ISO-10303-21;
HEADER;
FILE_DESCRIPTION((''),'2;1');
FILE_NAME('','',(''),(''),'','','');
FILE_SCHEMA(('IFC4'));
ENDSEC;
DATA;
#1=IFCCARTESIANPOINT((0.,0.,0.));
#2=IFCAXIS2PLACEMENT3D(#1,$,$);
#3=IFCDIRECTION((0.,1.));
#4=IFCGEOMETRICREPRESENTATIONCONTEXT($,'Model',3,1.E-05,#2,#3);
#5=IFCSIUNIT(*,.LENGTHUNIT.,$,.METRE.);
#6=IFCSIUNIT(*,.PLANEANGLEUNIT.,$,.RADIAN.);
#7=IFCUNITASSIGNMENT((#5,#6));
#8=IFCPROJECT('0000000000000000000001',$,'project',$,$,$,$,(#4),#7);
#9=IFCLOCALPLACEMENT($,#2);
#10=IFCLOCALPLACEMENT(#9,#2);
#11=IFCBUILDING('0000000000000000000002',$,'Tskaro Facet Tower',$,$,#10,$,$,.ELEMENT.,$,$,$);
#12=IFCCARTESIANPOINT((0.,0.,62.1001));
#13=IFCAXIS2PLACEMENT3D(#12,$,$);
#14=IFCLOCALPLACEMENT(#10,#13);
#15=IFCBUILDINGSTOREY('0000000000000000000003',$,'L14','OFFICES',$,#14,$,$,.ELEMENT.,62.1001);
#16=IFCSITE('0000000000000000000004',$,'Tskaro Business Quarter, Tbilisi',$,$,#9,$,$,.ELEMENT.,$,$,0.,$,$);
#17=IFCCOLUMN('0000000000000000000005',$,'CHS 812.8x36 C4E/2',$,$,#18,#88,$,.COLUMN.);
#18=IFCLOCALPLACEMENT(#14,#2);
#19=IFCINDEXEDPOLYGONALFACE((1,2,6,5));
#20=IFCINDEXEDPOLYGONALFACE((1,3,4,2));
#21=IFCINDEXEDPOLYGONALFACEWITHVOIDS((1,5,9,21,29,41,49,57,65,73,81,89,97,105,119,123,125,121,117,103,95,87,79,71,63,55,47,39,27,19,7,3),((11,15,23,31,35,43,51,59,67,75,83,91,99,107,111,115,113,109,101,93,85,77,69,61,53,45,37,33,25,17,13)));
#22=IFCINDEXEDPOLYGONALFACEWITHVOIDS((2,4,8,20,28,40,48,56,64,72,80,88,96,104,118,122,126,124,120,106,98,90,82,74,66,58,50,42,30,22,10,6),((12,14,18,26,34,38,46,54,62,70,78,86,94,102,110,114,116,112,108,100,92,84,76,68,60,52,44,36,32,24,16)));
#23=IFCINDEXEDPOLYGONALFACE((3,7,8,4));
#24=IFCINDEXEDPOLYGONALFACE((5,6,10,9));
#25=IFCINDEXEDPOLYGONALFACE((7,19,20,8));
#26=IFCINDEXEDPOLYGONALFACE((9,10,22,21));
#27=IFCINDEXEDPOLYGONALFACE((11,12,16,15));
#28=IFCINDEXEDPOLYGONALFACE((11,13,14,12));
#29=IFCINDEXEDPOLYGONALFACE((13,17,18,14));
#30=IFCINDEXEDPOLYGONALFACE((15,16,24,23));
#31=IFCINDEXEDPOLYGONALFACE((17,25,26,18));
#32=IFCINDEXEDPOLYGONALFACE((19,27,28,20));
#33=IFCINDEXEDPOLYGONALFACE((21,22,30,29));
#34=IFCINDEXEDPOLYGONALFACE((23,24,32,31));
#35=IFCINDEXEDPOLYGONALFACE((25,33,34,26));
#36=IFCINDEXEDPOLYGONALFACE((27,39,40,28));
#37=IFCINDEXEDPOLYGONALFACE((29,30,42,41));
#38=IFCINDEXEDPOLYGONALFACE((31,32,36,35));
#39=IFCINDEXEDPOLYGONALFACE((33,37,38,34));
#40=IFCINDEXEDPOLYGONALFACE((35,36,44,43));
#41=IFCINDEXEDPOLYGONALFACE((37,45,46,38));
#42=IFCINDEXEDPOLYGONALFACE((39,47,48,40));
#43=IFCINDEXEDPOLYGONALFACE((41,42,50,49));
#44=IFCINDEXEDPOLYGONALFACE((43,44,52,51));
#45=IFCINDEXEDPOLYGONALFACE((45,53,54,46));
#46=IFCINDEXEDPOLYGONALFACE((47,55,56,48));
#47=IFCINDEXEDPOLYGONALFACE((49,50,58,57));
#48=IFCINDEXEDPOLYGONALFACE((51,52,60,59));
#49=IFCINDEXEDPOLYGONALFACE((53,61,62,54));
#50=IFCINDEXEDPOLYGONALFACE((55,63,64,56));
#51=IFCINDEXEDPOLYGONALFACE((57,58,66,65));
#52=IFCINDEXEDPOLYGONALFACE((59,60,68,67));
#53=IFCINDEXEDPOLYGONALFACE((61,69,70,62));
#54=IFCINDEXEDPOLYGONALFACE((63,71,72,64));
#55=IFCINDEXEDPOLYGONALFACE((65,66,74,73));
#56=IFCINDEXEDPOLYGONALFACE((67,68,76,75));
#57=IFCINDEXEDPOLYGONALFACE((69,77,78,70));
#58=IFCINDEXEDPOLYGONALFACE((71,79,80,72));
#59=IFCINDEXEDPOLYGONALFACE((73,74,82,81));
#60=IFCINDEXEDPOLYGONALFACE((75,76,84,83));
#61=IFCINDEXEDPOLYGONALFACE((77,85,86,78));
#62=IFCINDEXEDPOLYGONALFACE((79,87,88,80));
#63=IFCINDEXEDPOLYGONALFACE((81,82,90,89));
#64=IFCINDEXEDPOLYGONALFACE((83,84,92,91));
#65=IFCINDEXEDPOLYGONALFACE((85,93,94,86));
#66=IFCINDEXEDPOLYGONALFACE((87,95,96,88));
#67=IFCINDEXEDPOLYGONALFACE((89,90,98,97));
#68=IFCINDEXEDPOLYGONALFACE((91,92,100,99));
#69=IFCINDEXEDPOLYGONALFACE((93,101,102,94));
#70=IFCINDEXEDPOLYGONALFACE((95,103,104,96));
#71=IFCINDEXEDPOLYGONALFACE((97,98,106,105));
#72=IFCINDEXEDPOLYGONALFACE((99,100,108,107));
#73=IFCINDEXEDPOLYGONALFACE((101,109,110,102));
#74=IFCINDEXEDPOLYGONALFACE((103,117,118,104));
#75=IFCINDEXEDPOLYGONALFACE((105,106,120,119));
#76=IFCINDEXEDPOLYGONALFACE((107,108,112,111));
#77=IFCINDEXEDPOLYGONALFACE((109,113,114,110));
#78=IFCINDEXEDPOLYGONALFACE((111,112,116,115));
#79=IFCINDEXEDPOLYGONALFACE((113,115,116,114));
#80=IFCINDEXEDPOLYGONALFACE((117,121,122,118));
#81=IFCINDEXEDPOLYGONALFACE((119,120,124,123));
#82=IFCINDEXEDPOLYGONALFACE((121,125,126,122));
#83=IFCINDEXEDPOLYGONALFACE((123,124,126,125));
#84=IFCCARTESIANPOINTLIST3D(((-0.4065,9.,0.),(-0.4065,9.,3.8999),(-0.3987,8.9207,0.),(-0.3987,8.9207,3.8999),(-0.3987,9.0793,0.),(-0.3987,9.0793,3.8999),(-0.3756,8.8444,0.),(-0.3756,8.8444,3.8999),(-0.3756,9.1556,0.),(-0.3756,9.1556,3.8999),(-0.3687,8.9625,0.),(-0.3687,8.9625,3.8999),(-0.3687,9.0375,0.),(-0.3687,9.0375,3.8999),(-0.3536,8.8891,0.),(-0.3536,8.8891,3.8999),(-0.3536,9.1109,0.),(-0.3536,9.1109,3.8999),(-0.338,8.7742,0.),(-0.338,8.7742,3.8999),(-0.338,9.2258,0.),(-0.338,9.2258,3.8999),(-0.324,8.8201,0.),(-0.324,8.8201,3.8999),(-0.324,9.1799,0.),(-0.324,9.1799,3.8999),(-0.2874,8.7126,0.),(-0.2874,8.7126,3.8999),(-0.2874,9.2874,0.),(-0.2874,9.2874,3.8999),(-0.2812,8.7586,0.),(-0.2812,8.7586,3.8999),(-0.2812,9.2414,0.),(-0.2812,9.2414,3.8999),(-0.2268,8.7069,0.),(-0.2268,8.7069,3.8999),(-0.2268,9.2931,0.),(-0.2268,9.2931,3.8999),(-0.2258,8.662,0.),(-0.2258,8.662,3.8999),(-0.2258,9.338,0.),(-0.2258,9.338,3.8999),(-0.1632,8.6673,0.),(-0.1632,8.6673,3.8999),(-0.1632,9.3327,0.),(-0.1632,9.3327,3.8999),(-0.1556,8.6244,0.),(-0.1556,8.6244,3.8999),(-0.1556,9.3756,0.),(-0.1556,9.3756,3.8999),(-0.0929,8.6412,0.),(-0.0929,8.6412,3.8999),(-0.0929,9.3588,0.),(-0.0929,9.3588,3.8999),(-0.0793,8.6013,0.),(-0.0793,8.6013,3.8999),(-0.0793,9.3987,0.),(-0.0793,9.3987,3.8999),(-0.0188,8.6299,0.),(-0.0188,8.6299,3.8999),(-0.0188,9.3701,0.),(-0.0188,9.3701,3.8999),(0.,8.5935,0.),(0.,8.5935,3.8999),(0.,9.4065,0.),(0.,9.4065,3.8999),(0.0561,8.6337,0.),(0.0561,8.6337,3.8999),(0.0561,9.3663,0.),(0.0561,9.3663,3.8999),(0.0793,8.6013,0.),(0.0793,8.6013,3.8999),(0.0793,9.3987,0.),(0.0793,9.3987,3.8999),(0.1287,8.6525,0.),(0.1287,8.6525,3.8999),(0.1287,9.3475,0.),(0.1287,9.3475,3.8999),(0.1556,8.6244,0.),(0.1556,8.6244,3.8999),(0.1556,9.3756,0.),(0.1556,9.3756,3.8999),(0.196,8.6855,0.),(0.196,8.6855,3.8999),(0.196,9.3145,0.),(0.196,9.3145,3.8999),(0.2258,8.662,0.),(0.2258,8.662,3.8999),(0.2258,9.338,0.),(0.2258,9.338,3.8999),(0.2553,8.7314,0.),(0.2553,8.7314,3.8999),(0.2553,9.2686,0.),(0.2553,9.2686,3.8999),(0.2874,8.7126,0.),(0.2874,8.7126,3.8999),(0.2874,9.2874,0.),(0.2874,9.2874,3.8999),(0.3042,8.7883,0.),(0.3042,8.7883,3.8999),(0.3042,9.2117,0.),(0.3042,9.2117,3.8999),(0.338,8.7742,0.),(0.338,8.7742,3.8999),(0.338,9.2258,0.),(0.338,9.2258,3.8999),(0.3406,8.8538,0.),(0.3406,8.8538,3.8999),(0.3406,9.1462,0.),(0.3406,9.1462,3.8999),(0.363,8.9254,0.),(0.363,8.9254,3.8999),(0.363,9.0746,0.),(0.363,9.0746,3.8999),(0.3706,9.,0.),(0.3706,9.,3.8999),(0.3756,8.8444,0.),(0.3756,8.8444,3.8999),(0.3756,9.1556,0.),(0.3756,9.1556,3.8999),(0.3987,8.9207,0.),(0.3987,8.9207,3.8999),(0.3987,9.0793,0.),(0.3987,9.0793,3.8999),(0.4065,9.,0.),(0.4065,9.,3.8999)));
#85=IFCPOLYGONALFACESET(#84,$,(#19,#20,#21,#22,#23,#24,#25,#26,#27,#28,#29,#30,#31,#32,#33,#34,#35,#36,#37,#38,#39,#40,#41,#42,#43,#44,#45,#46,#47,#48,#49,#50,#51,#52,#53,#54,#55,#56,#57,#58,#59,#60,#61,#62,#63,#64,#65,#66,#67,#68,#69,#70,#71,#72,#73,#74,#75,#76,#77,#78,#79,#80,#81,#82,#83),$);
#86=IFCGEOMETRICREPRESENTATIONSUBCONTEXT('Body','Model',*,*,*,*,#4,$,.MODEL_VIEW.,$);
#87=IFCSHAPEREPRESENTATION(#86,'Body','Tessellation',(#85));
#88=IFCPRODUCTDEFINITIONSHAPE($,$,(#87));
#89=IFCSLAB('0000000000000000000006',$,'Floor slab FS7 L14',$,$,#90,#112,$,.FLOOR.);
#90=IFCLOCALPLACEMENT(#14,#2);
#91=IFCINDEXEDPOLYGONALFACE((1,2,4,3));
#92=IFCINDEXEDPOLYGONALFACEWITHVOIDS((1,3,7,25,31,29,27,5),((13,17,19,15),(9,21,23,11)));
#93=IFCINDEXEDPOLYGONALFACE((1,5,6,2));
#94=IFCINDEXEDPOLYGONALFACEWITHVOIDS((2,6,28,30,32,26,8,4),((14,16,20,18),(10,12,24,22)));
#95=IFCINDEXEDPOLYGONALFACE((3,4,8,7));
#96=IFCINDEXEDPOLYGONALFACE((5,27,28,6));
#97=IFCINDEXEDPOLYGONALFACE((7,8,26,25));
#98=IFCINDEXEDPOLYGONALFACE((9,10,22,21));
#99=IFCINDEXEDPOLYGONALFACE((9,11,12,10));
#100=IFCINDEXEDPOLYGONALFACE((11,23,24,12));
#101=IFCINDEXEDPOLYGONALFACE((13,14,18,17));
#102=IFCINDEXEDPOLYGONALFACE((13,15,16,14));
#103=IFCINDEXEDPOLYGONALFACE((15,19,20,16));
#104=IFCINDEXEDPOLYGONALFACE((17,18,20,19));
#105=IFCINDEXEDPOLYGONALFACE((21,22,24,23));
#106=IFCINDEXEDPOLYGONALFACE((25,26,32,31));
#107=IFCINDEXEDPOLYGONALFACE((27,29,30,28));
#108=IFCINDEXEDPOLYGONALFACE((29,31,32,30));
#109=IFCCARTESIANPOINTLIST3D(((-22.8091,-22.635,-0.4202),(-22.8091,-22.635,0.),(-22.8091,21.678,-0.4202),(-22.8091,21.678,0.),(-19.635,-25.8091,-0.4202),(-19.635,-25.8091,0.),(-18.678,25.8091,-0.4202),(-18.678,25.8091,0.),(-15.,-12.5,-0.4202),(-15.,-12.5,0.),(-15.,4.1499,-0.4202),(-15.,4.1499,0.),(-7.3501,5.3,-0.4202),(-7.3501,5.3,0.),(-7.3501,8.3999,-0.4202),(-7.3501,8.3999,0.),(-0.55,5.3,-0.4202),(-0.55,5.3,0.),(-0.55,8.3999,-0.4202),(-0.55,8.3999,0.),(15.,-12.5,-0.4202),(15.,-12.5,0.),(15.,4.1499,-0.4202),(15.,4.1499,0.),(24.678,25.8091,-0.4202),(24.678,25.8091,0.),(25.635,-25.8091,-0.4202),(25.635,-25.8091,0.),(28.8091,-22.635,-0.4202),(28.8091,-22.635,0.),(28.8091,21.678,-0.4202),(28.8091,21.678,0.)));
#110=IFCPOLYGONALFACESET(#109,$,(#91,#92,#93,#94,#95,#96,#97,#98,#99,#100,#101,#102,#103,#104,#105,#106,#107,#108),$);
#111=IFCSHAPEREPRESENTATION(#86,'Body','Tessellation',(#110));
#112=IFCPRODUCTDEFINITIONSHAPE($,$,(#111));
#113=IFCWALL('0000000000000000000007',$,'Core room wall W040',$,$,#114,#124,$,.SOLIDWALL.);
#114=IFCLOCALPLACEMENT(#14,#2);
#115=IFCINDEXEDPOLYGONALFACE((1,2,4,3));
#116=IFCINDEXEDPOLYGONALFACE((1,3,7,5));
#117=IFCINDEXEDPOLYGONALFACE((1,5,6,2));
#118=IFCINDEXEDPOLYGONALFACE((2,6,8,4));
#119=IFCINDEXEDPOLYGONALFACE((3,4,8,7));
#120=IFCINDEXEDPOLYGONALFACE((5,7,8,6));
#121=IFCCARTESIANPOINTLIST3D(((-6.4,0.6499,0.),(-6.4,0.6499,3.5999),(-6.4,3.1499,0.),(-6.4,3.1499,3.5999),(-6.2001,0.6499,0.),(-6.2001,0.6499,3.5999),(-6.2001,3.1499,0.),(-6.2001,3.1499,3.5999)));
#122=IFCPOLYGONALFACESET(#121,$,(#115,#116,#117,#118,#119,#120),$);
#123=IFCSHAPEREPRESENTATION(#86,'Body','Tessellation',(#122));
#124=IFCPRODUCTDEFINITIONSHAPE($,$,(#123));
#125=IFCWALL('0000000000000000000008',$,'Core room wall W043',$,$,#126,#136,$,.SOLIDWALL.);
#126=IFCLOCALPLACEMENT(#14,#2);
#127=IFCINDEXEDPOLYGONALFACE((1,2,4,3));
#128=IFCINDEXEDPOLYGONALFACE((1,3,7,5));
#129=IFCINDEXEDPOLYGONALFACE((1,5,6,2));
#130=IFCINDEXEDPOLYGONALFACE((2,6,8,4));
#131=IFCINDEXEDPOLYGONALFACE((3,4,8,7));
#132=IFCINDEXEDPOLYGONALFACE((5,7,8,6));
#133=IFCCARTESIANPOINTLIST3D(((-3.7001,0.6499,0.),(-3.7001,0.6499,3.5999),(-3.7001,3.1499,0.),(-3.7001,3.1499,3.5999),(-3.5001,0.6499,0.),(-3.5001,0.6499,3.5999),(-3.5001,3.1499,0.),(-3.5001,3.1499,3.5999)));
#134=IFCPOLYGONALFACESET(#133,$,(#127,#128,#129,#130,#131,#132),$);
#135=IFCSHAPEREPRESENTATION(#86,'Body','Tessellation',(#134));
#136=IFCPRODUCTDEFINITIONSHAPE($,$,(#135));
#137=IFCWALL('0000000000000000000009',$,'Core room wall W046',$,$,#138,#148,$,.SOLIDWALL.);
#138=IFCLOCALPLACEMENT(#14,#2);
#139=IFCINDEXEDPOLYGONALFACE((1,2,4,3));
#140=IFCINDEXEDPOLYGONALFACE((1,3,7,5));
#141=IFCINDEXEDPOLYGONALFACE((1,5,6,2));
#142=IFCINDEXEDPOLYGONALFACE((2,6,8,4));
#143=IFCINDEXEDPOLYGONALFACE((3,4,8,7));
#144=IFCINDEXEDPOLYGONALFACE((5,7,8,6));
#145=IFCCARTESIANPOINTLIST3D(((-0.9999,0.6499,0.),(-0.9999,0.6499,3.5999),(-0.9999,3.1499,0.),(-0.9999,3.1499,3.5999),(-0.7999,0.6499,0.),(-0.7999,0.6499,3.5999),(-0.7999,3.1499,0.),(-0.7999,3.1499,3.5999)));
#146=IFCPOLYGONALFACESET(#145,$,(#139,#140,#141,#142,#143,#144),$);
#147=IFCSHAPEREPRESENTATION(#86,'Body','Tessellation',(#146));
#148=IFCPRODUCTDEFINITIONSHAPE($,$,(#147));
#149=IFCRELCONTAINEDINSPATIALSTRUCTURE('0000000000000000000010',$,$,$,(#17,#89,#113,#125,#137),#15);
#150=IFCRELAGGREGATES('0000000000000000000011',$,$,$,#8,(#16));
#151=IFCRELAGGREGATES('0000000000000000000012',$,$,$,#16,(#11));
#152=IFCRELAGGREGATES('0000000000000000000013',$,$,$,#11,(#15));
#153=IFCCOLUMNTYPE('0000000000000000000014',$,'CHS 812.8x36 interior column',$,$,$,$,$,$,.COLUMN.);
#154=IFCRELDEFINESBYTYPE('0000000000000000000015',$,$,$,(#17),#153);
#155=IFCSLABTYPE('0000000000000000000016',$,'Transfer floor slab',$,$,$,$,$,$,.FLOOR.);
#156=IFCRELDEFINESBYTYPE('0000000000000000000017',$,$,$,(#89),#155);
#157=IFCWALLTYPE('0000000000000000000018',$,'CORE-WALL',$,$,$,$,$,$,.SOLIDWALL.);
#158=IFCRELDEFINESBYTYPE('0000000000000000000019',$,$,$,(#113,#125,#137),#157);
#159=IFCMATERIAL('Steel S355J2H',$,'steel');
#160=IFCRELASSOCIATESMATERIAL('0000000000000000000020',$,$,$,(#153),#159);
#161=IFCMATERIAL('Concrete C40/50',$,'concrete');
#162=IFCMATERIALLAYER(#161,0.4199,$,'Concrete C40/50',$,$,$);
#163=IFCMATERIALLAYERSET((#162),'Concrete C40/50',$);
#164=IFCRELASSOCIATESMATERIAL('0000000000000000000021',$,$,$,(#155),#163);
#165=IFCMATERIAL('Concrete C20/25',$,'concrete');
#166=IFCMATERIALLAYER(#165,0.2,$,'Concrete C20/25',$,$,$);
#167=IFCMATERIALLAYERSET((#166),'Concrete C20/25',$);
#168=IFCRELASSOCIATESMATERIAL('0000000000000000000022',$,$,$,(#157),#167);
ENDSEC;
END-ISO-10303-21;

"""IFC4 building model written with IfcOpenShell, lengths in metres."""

from ifc_helpers import new_model, si_unit, direction, frame, frame_2d, origin, origin_2d, place, context, subcontext, project, spatial, polyline, rectangle, hollow_circle, outline, extrude, material, layer, layer_set, material_profile, profile_set, type_object, element, save


model = new_model("IFC4")

# Units and contexts
model_context = context("Model", 3, precision=1e-05, world=origin(), true_north=direction((0.0, 1.0)))
body_context = subcontext(model_context, "Body", "Model", "MODEL_VIEW")
ifc_project = project(units=[si_unit("LENGTHUNIT", "METRE"), si_unit("PLANEANGLEUNIT", "RADIAN")], contexts=[model_context])

# Site, building, storey
site_placement = place(None, origin())
site = spatial("IfcSite", under=ifc_project, at=site_placement, Name="Tskaro Business Quarter, Tbilisi", CompositionType="ELEMENT", RefElevation=0.0)
building_placement = place(site_placement, origin())
building = spatial("IfcBuilding", under=site, at=building_placement, Name="Tskaro Facet Tower", CompositionType="ELEMENT")
storey_placement = place(building_placement, frame((0.0, 0.0, 62.1001)))
storey = spatial("IfcBuildingStorey", under=building, at=storey_placement, Name="L14", Description="OFFICES", CompositionType="ELEMENT", Elevation=62.1001)

# Column
ifc_material_1 = material(Name="Steel S355J2H", Category="steel")
ifc_material_profile = material_profile(ifc_material_1, hollow_circle(Radius=0.4065, WallThickness=0.0359, at=origin_2d()), Name="CHS 812.8x36")
ifc_profile_set = profile_set([ifc_material_profile], Name="Steel S355J2H")
column_type = type_object("IfcColumnType", Name="CHS 812.8x36 interior column", PredefinedType="COLUMN", material=ifc_profile_set)
column_placement = place(storey_placement, frame((0.0, 9.0, 0.0), z_axis=(0.0, 0.0, 1.0), x_axis=(1.0, 0.0, 0.0)))
element("IfcColumn", 1, at=column_placement, inside=storey, type_object=column_type, Name="CHS 812.8x36 C4E/2", PredefinedType="COLUMN", context=body_context, shape_type="SweptSolid", body=[
    extrude(hollow_circle(Radius=0.4065, WallThickness=0.0359, at=origin_2d()), origin(), (0.0, 0.0, 1.0), 3.8999),
])

# Slab
ifc_material_2 = material(Name="Concrete C40/50", Category="concrete")
ifc_layer_1 = layer(ifc_material_2, 0.4199, Name="Concrete C40/50")
ifc_layer_set_1 = layer_set([ifc_layer_1], Name="Concrete C40/50")
slab_type_1 = type_object("IfcSlabType", Name="Transfer floor slab", PredefinedType="FLOOR", material=ifc_layer_set_1)
slab_1_placement = place(storey_placement, frame((0.0, 0.0, -0.4202)))
element("IfcSlab", 2, at=slab_1_placement, inside=storey, type_object=slab_type_1, Name="Floor slab FS7 L14", PredefinedType="FLOOR", context=body_context, shape_type="SweptSolid", body=[
    extrude(outline(polyline([(-19.635, -25.8091), (25.635, -25.8091), (28.8091, -22.635), (28.8091, 21.678), (24.678, 25.8091), (-18.678, 25.8091), (-22.8091, 21.678), (-22.8091, -22.635), (-19.635, -25.8091)]), holes=[polyline([(-15.0, -12.5), (15.0, -12.5), (15.0, 4.1499), (-15.0, 4.1499), (-15.0, -12.5)]), polyline([(-7.3501, 5.3), (-0.55, 5.3), (-0.55, 8.3999), (-7.3501, 8.3999), (-7.3501, 5.3)])]), origin(), (0.0, 0.0, 1.0), 0.4202),
])

# Walls
ifc_material_3 = material(Name="Concrete C20/25", Category="concrete")
ifc_layer_2 = layer(ifc_material_3, 0.2, Name="Concrete C20/25")
ifc_layer_set_2 = layer_set([ifc_layer_2], Name="Concrete C20/25")
wall_type_1 = type_object("IfcWallType", Name="CORE-WALL", PredefinedType="SOLIDWALL", material=ifc_layer_set_2)
for number, where, z_axis, x_axis, name in (
    (3, (-6.3, 0.6499, 0.0), (0.0, 0.0, 1.0), (0.0, 1.0, 0.0), "Core room wall W040"),
    (4, (-3.6001, 0.6499, 0.0), (0.0, 0.0, 1.0), (0.0, 1.0, 0.0), "Core room wall W043"),
    (5, (-0.8999, 0.6499, 0.0), (0.0, 0.0, 1.0), (0.0, 1.0, 0.0), "Core room wall W046"),
):
    element("IfcWall", number, at=place(storey_placement, frame(where, z_axis=z_axis, x_axis=x_axis)), inside=storey, type_object=wall_type_1, Name=name, PredefinedType="SOLIDWALL", context=body_context, shape_type="SweptSolid", body=[
        extrude(rectangle(XDim=2.5, YDim=0.2, at=frame_2d((1.25, 0.0))), origin(), (0.0, 0.0, 1.0), 3.5999),
    ])

save(model, "model.ifc")
